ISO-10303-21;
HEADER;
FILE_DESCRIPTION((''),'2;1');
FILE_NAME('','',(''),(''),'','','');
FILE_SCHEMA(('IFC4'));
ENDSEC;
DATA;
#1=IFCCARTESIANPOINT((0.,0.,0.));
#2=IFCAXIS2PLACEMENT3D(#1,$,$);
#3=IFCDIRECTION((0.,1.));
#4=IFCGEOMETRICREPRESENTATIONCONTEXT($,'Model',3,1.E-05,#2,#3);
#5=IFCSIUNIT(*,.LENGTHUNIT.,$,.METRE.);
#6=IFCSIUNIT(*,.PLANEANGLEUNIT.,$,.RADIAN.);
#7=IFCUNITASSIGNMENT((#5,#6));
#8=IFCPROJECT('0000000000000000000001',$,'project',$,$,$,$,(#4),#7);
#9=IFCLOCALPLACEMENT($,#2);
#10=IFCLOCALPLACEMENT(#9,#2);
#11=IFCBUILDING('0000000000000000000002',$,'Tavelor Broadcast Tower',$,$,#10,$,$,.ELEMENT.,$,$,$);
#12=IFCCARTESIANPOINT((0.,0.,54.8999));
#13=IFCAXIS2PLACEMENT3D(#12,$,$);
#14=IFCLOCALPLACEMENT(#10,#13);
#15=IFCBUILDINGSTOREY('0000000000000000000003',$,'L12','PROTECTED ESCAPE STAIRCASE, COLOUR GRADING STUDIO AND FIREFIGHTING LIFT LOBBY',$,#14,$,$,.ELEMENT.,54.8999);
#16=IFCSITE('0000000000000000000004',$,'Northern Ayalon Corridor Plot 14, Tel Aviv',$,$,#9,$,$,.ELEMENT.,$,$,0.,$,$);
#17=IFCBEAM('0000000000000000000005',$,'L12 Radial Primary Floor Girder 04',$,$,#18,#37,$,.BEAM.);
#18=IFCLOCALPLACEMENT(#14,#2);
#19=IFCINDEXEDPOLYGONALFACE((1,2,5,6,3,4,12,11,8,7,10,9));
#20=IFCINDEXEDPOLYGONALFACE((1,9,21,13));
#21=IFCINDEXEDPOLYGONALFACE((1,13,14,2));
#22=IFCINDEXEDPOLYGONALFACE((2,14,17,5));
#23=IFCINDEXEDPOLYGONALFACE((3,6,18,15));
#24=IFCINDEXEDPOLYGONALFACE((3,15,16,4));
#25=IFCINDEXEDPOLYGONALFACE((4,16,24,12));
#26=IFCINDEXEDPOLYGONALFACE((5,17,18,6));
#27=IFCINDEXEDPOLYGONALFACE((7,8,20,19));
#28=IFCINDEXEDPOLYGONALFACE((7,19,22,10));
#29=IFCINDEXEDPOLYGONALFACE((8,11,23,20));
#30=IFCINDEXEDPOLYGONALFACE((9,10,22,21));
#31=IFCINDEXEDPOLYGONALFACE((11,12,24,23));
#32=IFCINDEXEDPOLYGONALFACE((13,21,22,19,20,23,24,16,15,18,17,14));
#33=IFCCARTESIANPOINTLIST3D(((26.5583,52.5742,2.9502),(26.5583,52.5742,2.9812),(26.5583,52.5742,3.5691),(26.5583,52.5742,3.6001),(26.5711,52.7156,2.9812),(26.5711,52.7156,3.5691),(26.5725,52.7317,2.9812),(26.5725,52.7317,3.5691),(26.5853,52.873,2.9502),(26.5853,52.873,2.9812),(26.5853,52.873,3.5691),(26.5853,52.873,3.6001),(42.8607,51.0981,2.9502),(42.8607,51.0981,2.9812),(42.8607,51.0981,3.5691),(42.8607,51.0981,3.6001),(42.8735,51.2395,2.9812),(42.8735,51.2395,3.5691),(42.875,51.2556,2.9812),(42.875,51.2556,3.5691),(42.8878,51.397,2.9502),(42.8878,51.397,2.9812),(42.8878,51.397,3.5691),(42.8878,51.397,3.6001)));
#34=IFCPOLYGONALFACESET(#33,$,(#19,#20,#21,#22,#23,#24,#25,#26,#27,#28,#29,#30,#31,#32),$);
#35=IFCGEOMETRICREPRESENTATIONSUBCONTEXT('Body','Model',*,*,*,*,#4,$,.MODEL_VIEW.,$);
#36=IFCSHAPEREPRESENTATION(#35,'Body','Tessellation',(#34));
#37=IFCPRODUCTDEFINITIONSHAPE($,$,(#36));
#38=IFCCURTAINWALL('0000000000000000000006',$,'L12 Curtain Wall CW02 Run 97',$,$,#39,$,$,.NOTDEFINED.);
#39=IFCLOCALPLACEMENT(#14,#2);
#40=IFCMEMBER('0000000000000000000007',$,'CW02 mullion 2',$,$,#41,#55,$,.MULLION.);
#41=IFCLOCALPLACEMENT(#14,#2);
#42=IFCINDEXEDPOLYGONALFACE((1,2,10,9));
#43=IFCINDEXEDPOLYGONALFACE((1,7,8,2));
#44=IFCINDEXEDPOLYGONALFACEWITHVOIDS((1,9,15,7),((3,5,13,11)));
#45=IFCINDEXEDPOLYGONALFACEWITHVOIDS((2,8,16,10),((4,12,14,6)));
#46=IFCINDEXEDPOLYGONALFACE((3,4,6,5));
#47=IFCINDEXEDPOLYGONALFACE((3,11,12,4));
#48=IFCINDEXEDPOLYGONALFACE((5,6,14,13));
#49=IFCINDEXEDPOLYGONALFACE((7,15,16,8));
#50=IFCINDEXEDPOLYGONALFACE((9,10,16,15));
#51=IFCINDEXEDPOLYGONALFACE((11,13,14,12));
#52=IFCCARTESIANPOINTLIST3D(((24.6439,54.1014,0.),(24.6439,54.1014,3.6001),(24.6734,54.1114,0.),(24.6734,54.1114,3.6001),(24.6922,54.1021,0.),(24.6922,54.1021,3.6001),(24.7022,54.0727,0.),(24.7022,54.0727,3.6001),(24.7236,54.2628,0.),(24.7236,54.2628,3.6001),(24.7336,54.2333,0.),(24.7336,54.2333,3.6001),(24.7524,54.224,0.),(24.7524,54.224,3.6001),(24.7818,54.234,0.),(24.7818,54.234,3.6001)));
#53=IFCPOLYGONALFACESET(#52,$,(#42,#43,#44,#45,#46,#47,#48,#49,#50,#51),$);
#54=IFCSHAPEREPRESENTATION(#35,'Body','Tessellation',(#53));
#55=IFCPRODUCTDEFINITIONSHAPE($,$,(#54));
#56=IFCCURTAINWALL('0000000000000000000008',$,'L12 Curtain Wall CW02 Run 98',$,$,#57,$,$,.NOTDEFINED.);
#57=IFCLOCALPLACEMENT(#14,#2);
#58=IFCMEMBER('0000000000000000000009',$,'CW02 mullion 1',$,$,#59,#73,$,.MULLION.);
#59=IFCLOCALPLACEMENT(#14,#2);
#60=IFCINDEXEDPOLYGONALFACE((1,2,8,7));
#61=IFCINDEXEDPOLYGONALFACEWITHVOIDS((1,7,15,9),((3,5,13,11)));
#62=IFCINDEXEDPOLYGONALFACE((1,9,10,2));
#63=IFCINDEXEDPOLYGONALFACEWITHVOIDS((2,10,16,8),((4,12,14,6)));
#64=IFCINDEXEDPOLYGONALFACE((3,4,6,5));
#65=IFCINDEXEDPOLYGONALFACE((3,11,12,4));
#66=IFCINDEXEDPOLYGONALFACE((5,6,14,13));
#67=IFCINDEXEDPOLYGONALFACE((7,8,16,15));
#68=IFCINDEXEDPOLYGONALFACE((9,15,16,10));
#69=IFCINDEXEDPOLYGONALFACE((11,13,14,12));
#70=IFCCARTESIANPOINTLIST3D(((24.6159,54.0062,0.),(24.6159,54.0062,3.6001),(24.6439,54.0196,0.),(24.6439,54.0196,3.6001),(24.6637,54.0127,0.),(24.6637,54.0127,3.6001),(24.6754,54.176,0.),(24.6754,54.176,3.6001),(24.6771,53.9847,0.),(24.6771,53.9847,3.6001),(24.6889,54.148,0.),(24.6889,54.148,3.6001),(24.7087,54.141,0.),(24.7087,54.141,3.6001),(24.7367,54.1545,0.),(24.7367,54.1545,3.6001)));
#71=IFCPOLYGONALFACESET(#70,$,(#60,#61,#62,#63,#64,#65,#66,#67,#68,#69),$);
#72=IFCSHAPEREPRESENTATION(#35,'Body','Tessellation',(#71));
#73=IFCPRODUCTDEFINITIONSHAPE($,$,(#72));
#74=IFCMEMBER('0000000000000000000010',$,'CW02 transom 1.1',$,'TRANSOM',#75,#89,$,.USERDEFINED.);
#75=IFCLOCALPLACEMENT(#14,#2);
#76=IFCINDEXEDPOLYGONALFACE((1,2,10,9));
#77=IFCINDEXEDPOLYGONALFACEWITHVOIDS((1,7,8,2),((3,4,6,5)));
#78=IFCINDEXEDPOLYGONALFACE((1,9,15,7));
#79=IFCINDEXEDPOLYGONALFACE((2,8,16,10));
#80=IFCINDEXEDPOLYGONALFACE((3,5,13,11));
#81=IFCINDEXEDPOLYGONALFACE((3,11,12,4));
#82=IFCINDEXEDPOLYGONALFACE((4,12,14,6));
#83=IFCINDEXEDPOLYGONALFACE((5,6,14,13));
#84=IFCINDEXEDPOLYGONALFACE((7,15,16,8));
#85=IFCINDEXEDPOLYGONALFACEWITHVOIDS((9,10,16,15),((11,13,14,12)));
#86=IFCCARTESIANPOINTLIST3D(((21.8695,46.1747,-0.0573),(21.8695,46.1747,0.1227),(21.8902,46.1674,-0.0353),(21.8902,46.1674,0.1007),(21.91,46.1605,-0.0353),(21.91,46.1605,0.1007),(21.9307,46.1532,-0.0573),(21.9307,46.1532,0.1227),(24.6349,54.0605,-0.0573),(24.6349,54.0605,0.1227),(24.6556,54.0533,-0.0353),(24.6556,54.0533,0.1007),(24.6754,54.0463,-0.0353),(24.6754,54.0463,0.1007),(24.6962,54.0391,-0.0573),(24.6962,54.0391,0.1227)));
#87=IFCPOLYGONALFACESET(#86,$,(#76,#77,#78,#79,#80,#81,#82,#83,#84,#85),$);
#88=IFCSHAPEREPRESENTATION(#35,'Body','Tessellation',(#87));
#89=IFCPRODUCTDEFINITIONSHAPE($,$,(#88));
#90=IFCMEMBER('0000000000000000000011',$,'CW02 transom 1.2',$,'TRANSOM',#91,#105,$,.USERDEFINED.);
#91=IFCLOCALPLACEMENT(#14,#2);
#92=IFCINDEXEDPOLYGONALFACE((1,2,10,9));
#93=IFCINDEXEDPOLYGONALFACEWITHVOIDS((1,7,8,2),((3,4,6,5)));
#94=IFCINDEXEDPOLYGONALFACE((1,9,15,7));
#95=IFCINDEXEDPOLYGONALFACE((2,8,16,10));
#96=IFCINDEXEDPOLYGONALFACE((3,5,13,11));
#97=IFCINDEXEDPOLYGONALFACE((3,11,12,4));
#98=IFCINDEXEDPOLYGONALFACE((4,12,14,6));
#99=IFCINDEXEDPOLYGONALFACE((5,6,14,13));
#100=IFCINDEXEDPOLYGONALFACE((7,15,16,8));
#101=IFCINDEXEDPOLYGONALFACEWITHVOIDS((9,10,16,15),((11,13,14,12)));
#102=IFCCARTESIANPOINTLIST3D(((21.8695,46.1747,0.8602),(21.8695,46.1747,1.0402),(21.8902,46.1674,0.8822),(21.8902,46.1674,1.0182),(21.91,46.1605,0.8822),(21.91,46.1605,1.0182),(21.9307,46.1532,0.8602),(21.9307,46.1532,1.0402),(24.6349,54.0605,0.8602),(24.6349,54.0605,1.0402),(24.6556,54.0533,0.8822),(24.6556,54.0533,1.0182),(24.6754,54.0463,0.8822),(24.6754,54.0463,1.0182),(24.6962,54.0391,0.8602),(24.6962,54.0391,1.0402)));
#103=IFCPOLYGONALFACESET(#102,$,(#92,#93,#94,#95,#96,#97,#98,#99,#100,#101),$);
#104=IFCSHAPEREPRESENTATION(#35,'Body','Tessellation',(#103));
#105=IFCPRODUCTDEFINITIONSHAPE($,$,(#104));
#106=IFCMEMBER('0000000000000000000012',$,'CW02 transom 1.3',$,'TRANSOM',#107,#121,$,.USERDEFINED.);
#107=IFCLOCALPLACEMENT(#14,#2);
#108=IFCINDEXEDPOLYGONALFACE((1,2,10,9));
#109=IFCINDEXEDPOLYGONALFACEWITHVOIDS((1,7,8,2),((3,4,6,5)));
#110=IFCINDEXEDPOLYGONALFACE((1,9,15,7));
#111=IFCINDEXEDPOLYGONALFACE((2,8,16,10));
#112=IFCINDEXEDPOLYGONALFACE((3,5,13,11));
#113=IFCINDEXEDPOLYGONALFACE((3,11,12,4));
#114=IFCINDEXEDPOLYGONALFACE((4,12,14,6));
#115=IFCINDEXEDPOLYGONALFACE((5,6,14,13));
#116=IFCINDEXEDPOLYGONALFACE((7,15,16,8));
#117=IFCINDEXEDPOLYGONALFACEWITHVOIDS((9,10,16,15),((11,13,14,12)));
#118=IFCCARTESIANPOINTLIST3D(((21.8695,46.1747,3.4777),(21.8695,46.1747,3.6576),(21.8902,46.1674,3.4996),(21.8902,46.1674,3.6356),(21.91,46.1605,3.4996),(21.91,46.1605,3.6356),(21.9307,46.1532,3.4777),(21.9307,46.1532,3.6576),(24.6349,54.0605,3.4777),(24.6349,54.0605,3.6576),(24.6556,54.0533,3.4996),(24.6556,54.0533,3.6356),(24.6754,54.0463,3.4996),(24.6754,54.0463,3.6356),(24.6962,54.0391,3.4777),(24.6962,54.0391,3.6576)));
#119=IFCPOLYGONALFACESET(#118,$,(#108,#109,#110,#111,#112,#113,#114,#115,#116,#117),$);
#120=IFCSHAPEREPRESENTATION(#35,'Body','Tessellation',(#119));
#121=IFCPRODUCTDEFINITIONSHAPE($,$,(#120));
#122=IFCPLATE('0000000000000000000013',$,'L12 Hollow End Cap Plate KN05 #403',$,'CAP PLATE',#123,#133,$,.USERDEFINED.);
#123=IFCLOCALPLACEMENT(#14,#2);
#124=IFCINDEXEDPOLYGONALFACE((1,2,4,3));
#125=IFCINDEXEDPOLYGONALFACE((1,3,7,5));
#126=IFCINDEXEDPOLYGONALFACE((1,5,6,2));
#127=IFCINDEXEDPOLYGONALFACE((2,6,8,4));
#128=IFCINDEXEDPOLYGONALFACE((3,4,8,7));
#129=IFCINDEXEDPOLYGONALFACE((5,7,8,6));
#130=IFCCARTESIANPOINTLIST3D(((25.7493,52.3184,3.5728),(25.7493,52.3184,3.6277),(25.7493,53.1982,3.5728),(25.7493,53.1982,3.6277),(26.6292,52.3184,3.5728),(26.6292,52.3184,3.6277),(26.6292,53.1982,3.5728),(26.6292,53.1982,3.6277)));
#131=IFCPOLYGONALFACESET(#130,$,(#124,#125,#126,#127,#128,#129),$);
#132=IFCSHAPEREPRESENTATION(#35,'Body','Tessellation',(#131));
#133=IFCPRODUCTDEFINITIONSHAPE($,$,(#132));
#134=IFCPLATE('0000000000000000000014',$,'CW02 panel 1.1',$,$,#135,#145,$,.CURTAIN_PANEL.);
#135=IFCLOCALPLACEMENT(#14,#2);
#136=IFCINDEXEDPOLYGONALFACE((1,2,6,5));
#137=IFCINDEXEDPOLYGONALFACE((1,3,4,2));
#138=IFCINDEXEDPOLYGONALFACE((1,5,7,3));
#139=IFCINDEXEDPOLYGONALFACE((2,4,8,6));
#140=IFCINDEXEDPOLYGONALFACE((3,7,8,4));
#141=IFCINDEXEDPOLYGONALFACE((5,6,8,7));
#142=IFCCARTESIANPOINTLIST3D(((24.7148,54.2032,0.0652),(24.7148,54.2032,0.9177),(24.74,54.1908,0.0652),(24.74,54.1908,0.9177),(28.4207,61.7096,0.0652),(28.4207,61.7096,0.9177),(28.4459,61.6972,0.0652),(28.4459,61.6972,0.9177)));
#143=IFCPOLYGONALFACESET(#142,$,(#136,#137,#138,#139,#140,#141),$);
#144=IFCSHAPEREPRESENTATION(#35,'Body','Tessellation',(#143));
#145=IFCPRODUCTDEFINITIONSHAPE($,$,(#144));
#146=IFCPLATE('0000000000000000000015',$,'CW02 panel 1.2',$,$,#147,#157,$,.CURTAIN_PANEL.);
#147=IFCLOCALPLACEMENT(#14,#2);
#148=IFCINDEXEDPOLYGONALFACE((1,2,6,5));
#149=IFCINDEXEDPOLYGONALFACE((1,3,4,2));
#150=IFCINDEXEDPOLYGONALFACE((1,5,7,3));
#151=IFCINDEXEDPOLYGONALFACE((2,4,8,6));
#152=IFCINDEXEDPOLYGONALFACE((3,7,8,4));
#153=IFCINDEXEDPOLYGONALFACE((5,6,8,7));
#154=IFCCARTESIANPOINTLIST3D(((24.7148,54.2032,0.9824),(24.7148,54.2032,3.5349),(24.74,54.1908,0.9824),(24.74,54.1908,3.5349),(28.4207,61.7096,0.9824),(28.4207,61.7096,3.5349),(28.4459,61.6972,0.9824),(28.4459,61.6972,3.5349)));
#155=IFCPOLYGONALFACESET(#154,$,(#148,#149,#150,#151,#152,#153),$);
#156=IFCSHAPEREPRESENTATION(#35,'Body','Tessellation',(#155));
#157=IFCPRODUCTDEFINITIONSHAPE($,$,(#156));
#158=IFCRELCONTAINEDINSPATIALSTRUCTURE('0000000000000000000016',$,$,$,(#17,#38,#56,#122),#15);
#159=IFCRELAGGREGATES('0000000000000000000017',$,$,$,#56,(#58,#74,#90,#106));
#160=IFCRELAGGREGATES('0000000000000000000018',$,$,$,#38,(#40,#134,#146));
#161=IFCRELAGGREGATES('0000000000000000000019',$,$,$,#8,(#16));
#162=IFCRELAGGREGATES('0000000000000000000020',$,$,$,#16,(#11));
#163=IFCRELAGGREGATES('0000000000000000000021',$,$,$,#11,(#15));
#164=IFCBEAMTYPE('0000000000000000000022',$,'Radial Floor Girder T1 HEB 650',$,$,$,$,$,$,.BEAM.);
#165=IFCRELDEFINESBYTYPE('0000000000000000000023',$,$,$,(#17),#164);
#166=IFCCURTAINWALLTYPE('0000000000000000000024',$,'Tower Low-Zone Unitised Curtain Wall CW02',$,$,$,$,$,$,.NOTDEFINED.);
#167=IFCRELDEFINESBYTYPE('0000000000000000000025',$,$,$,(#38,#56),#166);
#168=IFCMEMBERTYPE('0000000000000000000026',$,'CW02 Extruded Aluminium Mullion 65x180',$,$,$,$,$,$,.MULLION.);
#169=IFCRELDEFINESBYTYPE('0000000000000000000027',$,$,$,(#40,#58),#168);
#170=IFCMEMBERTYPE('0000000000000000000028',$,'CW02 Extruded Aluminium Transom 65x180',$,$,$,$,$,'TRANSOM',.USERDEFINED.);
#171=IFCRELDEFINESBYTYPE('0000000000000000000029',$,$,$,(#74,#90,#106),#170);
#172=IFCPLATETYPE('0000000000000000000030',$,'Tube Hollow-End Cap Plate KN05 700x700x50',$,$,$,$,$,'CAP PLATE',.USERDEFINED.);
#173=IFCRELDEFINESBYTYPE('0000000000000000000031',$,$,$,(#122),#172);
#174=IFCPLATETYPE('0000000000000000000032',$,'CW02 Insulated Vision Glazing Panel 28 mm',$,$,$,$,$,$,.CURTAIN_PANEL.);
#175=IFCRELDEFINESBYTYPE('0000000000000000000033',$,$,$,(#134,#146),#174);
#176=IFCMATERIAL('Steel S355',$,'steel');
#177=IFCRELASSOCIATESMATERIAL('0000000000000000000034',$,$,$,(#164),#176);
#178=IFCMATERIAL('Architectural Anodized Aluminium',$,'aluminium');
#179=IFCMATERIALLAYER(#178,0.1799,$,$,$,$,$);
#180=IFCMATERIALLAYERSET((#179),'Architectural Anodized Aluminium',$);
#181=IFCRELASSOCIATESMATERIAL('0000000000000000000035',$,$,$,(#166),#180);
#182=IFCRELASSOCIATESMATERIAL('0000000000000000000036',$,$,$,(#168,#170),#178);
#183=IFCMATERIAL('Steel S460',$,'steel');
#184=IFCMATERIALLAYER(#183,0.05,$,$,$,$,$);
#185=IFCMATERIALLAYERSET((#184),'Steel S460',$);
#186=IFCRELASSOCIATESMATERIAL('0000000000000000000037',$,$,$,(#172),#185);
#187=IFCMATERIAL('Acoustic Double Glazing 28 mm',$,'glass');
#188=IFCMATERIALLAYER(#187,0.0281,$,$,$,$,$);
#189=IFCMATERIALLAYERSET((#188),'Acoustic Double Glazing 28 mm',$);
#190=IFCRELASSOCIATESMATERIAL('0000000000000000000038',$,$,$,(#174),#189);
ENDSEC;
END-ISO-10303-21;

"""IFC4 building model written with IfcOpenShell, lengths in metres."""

from ifc_helpers import new_model, si_unit, direction, frame, origin, origin_2d, place, context, subcontext, project, spatial, rectangle, hollow_rectangle, i_section, extrude, source, transform, mapped, material, layer, layer_set, material_profile, profile_set, type_object, type_shapes, element, aggregate, save


model = new_model("IFC4")

# Units and contexts
model_context = context("Model", 3, precision=1e-05, world=origin(), true_north=direction((0.0, 1.0)))
body_context = subcontext(model_context, "Body", "Model", "MODEL_VIEW")
ifc_project = project(units=[si_unit("LENGTHUNIT", "METRE"), si_unit("PLANEANGLEUNIT", "RADIAN")], contexts=[model_context])

# Site, building, storey
site_placement = place(None, origin())
site = spatial("IfcSite", under=ifc_project, at=site_placement, Name="Northern Ayalon Corridor Plot 14, Tel Aviv", CompositionType="ELEMENT", RefElevation=0.0)
building_placement = place(site_placement, origin())
building = spatial("IfcBuilding", under=site, at=building_placement, Name="Tavelor Broadcast Tower", CompositionType="ELEMENT")
storey_placement = place(building_placement, frame((0.0, 0.0, 54.8999)))
storey = spatial("IfcBuildingStorey", under=building, at=storey_placement, Name="L12", Description="PROTECTED ESCAPE STAIRCASE, COLOUR GRADING STUDIO AND FIREFIGHTING LIFT LOBBY", CompositionType="ELEMENT", Elevation=54.8999)

# Shared definitions
ifc_material_1 = material(Name="Steel S460", Category="steel")

# Beam
ifc_material_2 = material(Name="Steel S355", Category="steel")
ifc_material_profile_1 = material_profile(ifc_material_2, i_section(OverallWidth=0.3, OverallDepth=0.6499, WebThickness=0.0161, FlangeThickness=0.031, at=origin_2d()), Name="HEB 650")
ifc_profile_set_1 = profile_set([ifc_material_profile_1], Name="Steel S355")
beam_type_1 = type_object("IfcBeamType", Name="Radial Floor Girder T1 HEB 650", PredefinedType="BEAM", material=ifc_profile_set_1)
beam_1_placement = place(storey_placement, frame((42.8743, 51.2476, 3.2751), z_axis=(-0.995926, 0.090174, 0.0), x_axis=(-0.090174, -0.995926, 0.0)))
element("IfcBeam", 1, at=beam_1_placement, inside=storey, type_object=beam_type_1, Name="L12 Radial Primary Floor Girder 04", PredefinedType="BEAM", context=body_context, shape_type="SweptSolid", body=[
    extrude(i_section(OverallWidth=0.3, OverallDepth=0.6499, WebThickness=0.0161, FlangeThickness=0.031, at=origin_2d()), origin(), (0.0, 0.0, 1.0), 16.3691),
])

# Curtain wall, member
ifc_material_3 = material(Name="Architectural Anodized Aluminium", Category="aluminium")
ifc_layer_1 = layer(ifc_material_3, 0.1799)
ifc_layer_set_1 = layer_set([ifc_layer_1], Name="Architectural Anodized Aluminium")
curtain_wall_type = type_object("IfcCurtainWallType", Name="Tower Low-Zone Unitised Curtain Wall CW02", PredefinedType="NOTDEFINED", material=ifc_layer_set_1)
curtain_wall_1_placement = place(storey_placement, origin())
curtain_wall_1 = element("IfcCurtainWall", 2, at=curtain_wall_1_placement, inside=storey, type_object=curtain_wall_type, Name="L12 Curtain Wall CW02 Run 97", PredefinedType="NOTDEFINED")
ifc_material_profile_2 = material_profile(ifc_material_3, hollow_rectangle(XDim=0.0649, YDim=0.1799, WallThickness=0.022, at=origin_2d()), Name="RHS 65x180x22")
ifc_profile_set_2 = profile_set([ifc_material_profile_2], Name="Architectural Anodized Aluminium")
member_type_1 = type_object("IfcMemberType", Name="CW02 Extruded Aluminium Mullion 65x180", PredefinedType="MULLION", material=ifc_profile_set_2)
shared_shape_1 = source(origin(), body_context, "Body", "SweptSolid", [
    extrude(hollow_rectangle(XDim=0.0649, YDim=0.1799, WallThickness=0.022, at=origin_2d()), origin(), (0.0, 0.0, 1.0), 3.6001),
])
type_shapes(member_type_1, [shared_shape_1])
member_1_placement = place(storey_placement, frame((24.7129, 54.1677, 0.0), z_axis=(0.0, 0.0, 1.0), x_axis=(0.896674, -0.442691, 0.0)))
member_1 = element("IfcMember", 3, at=member_1_placement, type_object=member_type_1, Name="CW02 mullion 2", PredefinedType="MULLION", context=body_context, shape_type="MappedRepresentation", body=[
    mapped(shared_shape_1, transform((0.0, 0.0, 0.0), scale=1.0)),
])

# Curtain wall, members
curtain_wall_2_placement = place(storey_placement, origin())
curtain_wall_2 = element("IfcCurtainWall", 4, at=curtain_wall_2_placement, inside=storey, type_object=curtain_wall_type, Name="L12 Curtain Wall CW02 Run 98", PredefinedType="NOTDEFINED")
member_2_placement = place(storey_placement, frame((24.6763, 54.0803, 0.0), z_axis=(0.0, 0.0, 1.0), x_axis=(0.943661, -0.330913, 0.0)))
member_2 = element("IfcMember", 5, at=member_2_placement, type_object=member_type_1, Name="CW02 mullion 1", PredefinedType="MULLION", context=body_context, shape_type="MappedRepresentation", body=[
    mapped(shared_shape_1, transform((0.0, 0.0, 0.0), scale=1.0)),
])
ifc_material_profile_3 = material_profile(ifc_material_3, hollow_rectangle(XDim=0.0649, YDim=0.1799, WallThickness=0.022, at=origin_2d()), Name="RHS 65x180x22")
ifc_profile_set_3 = profile_set([ifc_material_profile_3], Name="Architectural Anodized Aluminium")
member_type_2 = type_object("IfcMemberType", Name="CW02 Extruded Aluminium Transom 65x180", ElementType="TRANSOM", PredefinedType="USERDEFINED", material=ifc_profile_set_3)
shared_shape_2 = source(origin(), body_context, "Body", "SweptSolid", [
    extrude(hollow_rectangle(XDim=0.0649, YDim=0.1799, WallThickness=0.022, at=origin_2d()), origin(), (0.0, 0.0, 1.0), 8.3567),
])
type_shapes(member_type_2, [shared_shape_2])
member_3_placement = place(storey_placement, frame((24.6655, 54.0498, 0.0327), z_axis=(-0.330923, -0.943658, 0.0), x_axis=(0.943658, -0.330923, 0.0)))
member_3 = element("IfcMember", 6, at=member_3_placement, type_object=member_type_2, Name="CW02 transom 1.1", ObjectType="TRANSOM", PredefinedType="USERDEFINED", context=body_context, shape_type="MappedRepresentation", body=[
    mapped(shared_shape_2, transform((0.0, 0.0, 0.0), scale=1.0)),
])
member_4_placement = place(storey_placement, frame((24.6655, 54.0498, 0.9502), z_axis=(-0.330923, -0.943658, 0.0), x_axis=(0.943658, -0.330923, 0.0)))
member_4 = element("IfcMember", 7, at=member_4_placement, type_object=member_type_2, Name="CW02 transom 1.2", ObjectType="TRANSOM", PredefinedType="USERDEFINED", context=body_context, shape_type="MappedRepresentation", body=[
    mapped(shared_shape_2, transform((0.0, 0.0, 0.0), scale=1.0)),
])
member_5_placement = place(storey_placement, frame((24.6655, 54.0498, 3.5676), z_axis=(-0.330923, -0.943658, 0.0), x_axis=(0.943658, -0.330923, 0.0)))
member_5 = element("IfcMember", 8, at=member_5_placement, type_object=member_type_2, Name="CW02 transom 1.3", ObjectType="TRANSOM", PredefinedType="USERDEFINED", context=body_context, shape_type="MappedRepresentation", body=[
    mapped(shared_shape_2, transform((0.0, 0.0, 0.0), scale=1.0)),
])
aggregate(curtain_wall_2, [member_2, member_3, member_4, member_5])

# Plates
ifc_layer_2 = layer(ifc_material_1, 0.05)
ifc_layer_set_2 = layer_set([ifc_layer_2], Name="Steel S460")
plate_type_1 = type_object("IfcPlateType", Name="Tube Hollow-End Cap Plate KN05 700x700x50", ElementType="CAP PLATE", PredefinedType="USERDEFINED", material=ifc_layer_set_2)
shared_shape_3 = source(origin(), body_context, "Body", "SweptSolid", [
    extrude(rectangle(XDim=0.8799, YDim=0.8799, at=origin_2d()), origin(), (0.0, 0.0, 1.0), 0.0549),
])
type_shapes(plate_type_1, [shared_shape_3])
plate_1_placement = place(storey_placement, frame((26.1892, 52.7583, 3.5728), z_axis=(0.0, 0.0, 1.0), x_axis=(1.0, 0.0, 0.0)))
element("IfcPlate", 9, at=plate_1_placement, inside=storey, type_object=plate_type_1, Name="L12 Hollow End Cap Plate KN05 #403", ObjectType="CAP PLATE", PredefinedType="USERDEFINED", context=body_context, shape_type="MappedRepresentation", body=[
    mapped(shared_shape_3, transform((0.0, 0.0, 0.0), scale=1.0)),
])
ifc_material_4 = material(Name="Acoustic Double Glazing 28 mm", Category="glass")
ifc_layer_3 = layer(ifc_material_4, 0.0281)
ifc_layer_set_3 = layer_set([ifc_layer_3], Name="Acoustic Double Glazing 28 mm")
plate_type_2 = type_object("IfcPlateType", Name="CW02 Insulated Vision Glazing Panel 28 mm", PredefinedType="CURTAIN_PANEL", material=ifc_layer_set_3)
shared_shape_4 = source(origin(), body_context, "Body", "SweptSolid", [
    extrude(rectangle(XDim=8.3713, YDim=0.0281, at=origin_2d()), origin(), (0.0, 0.0, 1.0), 0.8525),
])
plate_2_placement = place(storey_placement, frame((26.5803, 57.9502, 0.0652), z_axis=(0.0, 0.0, 1.0), x_axis=(-0.442691, -0.896674, 0.0)))
plate_2 = element("IfcPlate", 10, at=plate_2_placement, type_object=plate_type_2, Name="CW02 panel 1.1", PredefinedType="CURTAIN_PANEL", context=body_context, shape_type="MappedRepresentation", body=[
    mapped(shared_shape_4, transform((0.0, 0.0, 0.0), scale=1.0)),
])
shared_shape_5 = source(origin(), body_context, "Body", "SweptSolid", [
    extrude(rectangle(XDim=8.3713, YDim=0.0281, at=origin_2d()), origin(), (0.0, 0.0, 1.0), 2.5525),
])
type_shapes(plate_type_2, [shared_shape_4, shared_shape_5])
plate_3_placement = place(storey_placement, frame((26.5803, 57.9502, 0.9824), z_axis=(0.0, 0.0, 1.0), x_axis=(-0.442691, -0.896674, 0.0)))
plate_3 = element("IfcPlate", 11, at=plate_3_placement, type_object=plate_type_2, Name="CW02 panel 1.2", PredefinedType="CURTAIN_PANEL", context=body_context, shape_type="MappedRepresentation", body=[
    mapped(shared_shape_5, transform((0.0, 0.0, 0.0), scale=1.0)),
])
aggregate(curtain_wall_1, [member_1, plate_2, plate_3])

save(model, "model.ifc")
